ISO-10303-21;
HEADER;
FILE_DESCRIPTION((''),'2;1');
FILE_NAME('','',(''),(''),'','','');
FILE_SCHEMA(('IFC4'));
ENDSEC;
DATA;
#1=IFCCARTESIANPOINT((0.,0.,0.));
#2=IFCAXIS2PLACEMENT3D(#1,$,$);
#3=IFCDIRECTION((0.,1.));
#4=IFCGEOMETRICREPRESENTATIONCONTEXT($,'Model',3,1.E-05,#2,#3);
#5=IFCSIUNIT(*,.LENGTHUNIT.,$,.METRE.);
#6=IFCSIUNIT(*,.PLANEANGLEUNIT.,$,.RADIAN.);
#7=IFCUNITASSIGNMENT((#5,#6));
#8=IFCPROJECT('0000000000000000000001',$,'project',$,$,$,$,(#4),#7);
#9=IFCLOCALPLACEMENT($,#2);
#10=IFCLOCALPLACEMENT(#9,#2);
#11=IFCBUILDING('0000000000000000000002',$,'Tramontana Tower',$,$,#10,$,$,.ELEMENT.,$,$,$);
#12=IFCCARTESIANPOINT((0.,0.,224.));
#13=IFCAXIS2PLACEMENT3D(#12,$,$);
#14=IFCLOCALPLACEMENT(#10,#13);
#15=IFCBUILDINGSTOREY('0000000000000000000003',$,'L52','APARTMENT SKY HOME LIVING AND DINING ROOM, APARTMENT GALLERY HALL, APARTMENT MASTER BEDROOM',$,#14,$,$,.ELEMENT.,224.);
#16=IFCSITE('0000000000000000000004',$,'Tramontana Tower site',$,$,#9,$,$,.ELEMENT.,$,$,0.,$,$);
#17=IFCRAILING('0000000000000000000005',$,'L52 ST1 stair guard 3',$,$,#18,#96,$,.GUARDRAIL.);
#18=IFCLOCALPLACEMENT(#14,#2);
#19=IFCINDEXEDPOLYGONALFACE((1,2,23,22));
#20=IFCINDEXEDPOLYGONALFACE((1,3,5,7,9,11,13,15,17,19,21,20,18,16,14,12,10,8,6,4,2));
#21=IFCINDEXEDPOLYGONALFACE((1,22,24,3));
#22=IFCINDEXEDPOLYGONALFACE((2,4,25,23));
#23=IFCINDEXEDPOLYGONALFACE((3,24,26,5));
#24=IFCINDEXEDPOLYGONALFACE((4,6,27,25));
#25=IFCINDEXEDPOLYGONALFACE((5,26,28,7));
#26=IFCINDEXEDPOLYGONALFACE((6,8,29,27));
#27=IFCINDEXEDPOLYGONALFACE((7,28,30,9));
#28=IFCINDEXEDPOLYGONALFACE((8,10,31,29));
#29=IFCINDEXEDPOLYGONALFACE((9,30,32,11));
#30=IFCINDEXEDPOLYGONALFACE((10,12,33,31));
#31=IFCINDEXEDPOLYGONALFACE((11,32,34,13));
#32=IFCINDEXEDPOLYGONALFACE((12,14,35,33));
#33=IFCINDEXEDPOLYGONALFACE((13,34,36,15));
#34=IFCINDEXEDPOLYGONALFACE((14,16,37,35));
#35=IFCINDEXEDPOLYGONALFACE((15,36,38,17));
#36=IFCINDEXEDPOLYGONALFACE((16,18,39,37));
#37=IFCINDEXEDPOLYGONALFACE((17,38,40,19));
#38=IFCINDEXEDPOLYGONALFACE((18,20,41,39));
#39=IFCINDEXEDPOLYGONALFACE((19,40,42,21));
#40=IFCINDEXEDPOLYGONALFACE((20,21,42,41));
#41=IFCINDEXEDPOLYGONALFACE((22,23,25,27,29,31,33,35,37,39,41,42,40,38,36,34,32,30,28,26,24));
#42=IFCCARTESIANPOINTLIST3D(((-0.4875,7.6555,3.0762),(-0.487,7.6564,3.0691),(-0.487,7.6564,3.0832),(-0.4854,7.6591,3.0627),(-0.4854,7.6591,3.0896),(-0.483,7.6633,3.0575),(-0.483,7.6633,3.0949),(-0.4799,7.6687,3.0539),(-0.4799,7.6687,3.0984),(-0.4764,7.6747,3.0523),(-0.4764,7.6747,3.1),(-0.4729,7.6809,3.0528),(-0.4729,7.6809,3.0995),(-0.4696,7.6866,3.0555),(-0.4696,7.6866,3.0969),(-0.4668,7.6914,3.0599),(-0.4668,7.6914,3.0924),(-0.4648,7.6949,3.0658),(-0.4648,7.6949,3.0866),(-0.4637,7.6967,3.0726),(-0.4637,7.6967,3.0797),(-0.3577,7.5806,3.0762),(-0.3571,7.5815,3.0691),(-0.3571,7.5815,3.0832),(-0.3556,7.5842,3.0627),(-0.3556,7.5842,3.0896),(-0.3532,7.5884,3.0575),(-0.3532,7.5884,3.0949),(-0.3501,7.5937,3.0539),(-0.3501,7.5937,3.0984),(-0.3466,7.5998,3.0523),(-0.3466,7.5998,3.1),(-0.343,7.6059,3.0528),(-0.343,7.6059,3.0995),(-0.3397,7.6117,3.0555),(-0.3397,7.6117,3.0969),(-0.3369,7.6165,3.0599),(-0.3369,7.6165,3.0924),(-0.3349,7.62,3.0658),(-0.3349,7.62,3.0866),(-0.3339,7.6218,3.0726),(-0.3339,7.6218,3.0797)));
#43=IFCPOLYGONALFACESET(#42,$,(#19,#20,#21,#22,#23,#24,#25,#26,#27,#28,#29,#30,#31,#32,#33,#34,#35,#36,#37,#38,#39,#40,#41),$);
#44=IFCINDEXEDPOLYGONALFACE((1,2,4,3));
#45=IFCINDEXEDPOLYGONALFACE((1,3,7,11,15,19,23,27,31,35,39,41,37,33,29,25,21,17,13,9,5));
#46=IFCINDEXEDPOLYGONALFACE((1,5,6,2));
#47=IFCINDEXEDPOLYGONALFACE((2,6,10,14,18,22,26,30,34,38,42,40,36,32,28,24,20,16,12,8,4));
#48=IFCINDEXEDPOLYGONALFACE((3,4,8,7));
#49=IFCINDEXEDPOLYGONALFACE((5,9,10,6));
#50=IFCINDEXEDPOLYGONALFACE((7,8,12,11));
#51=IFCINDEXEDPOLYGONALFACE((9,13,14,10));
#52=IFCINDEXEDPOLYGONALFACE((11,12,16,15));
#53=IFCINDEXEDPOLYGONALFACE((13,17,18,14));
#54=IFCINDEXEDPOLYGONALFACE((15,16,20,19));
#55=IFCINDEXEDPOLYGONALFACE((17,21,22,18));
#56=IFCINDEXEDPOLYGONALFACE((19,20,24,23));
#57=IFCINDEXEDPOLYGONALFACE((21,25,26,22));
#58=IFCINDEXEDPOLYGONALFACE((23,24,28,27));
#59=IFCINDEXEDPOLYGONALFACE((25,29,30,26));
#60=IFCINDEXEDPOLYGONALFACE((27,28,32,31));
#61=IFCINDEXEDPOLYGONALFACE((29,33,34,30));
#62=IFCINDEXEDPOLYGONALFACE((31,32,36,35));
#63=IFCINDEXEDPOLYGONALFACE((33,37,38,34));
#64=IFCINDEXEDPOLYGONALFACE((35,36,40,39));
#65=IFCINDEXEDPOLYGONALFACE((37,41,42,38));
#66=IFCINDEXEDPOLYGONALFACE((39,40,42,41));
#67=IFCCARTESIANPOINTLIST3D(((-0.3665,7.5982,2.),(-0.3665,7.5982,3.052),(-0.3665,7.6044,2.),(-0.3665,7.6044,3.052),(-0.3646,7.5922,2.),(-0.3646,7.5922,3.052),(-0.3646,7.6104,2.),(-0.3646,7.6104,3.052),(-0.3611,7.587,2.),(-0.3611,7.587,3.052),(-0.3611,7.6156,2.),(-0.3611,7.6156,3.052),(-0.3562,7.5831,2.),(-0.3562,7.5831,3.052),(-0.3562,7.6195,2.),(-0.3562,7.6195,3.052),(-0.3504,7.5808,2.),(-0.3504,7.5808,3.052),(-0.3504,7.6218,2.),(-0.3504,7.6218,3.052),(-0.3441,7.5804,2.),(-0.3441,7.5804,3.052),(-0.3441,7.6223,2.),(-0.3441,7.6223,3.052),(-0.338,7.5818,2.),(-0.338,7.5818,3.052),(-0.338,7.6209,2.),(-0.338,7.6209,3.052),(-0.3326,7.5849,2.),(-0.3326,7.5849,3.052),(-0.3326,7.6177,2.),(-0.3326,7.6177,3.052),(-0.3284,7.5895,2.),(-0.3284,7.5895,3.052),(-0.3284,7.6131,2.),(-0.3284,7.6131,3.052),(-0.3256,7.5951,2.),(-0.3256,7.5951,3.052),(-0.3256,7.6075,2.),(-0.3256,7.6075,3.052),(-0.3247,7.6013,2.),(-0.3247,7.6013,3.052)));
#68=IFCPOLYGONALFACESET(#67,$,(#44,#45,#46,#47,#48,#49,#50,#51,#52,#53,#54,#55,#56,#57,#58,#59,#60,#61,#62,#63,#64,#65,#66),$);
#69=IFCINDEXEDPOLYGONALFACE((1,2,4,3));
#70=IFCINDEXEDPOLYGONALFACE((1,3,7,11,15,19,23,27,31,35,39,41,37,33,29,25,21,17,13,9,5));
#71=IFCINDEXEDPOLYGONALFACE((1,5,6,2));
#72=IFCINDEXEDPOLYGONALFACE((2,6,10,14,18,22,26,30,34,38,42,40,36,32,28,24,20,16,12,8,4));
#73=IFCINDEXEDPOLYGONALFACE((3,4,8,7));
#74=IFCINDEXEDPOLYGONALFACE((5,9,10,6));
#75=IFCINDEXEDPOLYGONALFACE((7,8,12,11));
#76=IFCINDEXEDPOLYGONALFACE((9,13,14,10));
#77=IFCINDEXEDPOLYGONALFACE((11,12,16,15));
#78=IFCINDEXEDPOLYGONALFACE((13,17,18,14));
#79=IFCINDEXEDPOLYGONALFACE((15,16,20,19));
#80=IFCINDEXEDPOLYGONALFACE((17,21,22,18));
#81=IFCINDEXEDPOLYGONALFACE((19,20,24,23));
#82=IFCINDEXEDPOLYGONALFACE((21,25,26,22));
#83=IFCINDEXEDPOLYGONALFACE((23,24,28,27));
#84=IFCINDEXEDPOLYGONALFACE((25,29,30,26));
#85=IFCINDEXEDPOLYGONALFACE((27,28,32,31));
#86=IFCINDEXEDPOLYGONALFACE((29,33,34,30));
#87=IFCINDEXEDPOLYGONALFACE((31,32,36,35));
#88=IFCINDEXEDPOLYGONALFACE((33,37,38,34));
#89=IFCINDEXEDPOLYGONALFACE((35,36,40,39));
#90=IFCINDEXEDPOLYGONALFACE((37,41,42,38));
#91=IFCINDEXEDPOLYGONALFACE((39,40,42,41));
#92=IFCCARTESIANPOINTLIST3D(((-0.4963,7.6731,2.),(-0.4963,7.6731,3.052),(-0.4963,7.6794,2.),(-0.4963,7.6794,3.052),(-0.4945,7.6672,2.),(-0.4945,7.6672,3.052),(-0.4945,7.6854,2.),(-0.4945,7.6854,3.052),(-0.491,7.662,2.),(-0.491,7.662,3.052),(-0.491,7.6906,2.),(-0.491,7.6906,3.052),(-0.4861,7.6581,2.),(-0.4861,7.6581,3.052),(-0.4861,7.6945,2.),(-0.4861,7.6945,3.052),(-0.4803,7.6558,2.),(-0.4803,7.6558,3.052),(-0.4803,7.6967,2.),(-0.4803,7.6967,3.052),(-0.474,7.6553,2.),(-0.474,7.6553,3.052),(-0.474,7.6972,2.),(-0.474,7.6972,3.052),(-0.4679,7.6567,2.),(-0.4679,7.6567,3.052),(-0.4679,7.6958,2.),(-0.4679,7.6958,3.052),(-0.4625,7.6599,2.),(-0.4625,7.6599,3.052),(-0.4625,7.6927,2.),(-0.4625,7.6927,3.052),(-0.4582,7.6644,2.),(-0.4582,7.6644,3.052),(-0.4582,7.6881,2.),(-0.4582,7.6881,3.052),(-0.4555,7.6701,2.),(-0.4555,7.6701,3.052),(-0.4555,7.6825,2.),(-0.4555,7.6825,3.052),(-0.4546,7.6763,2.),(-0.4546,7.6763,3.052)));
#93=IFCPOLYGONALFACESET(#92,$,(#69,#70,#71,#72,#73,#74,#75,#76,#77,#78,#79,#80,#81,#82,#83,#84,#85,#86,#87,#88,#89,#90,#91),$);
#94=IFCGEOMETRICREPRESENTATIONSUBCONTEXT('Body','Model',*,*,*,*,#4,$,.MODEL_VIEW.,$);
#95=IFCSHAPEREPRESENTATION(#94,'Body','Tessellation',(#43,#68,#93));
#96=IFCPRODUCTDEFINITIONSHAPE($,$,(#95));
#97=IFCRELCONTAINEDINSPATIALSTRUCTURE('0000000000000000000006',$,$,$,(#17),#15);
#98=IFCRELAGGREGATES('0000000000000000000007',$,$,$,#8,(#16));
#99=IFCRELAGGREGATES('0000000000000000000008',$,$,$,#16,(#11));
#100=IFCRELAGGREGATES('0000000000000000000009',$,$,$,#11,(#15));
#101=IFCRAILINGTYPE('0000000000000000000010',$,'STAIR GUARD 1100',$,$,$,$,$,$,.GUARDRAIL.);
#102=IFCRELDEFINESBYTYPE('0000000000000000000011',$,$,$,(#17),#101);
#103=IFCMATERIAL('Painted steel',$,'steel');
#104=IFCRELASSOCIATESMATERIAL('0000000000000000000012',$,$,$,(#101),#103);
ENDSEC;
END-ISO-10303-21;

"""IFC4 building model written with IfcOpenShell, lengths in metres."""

from ifc_helpers import new_model, si_unit, direction, frame, origin, origin_2d, place, context, subcontext, project, spatial, circle, extrude, material, type_object, element, save


model = new_model("IFC4")

# Units and contexts
model_context = context("Model", 3, precision=1e-05, world=origin(), true_north=direction((0.0, 1.0)))
body_context = subcontext(model_context, "Body", "Model", "MODEL_VIEW")
ifc_project = project(units=[si_unit("LENGTHUNIT", "METRE"), si_unit("PLANEANGLEUNIT", "RADIAN")], contexts=[model_context])

# Site, building, storey
site_placement = place(None, origin())
site = spatial("IfcSite", under=ifc_project, at=site_placement, Name="Tramontana Tower site", CompositionType="ELEMENT", RefElevation=0.0)
building_placement = place(site_placement, origin())
building = spatial("IfcBuilding", under=site, at=building_placement, Name="Tramontana Tower", CompositionType="ELEMENT")
storey_placement = place(building_placement, frame((0.0, 0.0, 224.0)))
storey = spatial("IfcBuildingStorey", under=building, at=storey_placement, Name="L52", Description="APARTMENT SKY HOME LIVING AND DINING ROOM, APARTMENT GALLERY HALL, APARTMENT MASTER BEDROOM", CompositionType="ELEMENT", Elevation=224.0)

# Railing
ifc_material_1 = material(Name="Painted steel", Category="steel")
railing_type_1 = type_object("IfcRailingType", Name="STAIR GUARD 1100", PredefinedType="GUARDRAIL", material=ifc_material_1)
railing_1_placement = place(storey_placement, frame((-0.3457, 7.6013, 2.0)))
element("IfcRailing", 1, at=railing_1_placement, inside=storey, type_object=railing_type_1, Name="L52 ST1 stair guard 3", PredefinedType="GUARDRAIL", context=body_context, shape_type="SweptSolid", body=[
    extrude(circle(Radius=0.0239, at=origin_2d()), frame((0.0, 0.0, 1.0762), z_axis=(-0.866131, 0.499816, 0.0), x_axis=(-0.499816, -0.866131, 0.0)), (0.0, 0.0, 1.0), 0.1499),
    extrude(circle(Radius=0.021, at=origin_2d()), origin(), (0.0, 0.0, 1.0), 1.052),
    extrude(circle(Radius=0.021, at=origin_2d()), frame((-0.1299, 0.075, 0.0)), (0.0, 0.0, 1.0), 1.052),
])

save(model, "model.ifc")
